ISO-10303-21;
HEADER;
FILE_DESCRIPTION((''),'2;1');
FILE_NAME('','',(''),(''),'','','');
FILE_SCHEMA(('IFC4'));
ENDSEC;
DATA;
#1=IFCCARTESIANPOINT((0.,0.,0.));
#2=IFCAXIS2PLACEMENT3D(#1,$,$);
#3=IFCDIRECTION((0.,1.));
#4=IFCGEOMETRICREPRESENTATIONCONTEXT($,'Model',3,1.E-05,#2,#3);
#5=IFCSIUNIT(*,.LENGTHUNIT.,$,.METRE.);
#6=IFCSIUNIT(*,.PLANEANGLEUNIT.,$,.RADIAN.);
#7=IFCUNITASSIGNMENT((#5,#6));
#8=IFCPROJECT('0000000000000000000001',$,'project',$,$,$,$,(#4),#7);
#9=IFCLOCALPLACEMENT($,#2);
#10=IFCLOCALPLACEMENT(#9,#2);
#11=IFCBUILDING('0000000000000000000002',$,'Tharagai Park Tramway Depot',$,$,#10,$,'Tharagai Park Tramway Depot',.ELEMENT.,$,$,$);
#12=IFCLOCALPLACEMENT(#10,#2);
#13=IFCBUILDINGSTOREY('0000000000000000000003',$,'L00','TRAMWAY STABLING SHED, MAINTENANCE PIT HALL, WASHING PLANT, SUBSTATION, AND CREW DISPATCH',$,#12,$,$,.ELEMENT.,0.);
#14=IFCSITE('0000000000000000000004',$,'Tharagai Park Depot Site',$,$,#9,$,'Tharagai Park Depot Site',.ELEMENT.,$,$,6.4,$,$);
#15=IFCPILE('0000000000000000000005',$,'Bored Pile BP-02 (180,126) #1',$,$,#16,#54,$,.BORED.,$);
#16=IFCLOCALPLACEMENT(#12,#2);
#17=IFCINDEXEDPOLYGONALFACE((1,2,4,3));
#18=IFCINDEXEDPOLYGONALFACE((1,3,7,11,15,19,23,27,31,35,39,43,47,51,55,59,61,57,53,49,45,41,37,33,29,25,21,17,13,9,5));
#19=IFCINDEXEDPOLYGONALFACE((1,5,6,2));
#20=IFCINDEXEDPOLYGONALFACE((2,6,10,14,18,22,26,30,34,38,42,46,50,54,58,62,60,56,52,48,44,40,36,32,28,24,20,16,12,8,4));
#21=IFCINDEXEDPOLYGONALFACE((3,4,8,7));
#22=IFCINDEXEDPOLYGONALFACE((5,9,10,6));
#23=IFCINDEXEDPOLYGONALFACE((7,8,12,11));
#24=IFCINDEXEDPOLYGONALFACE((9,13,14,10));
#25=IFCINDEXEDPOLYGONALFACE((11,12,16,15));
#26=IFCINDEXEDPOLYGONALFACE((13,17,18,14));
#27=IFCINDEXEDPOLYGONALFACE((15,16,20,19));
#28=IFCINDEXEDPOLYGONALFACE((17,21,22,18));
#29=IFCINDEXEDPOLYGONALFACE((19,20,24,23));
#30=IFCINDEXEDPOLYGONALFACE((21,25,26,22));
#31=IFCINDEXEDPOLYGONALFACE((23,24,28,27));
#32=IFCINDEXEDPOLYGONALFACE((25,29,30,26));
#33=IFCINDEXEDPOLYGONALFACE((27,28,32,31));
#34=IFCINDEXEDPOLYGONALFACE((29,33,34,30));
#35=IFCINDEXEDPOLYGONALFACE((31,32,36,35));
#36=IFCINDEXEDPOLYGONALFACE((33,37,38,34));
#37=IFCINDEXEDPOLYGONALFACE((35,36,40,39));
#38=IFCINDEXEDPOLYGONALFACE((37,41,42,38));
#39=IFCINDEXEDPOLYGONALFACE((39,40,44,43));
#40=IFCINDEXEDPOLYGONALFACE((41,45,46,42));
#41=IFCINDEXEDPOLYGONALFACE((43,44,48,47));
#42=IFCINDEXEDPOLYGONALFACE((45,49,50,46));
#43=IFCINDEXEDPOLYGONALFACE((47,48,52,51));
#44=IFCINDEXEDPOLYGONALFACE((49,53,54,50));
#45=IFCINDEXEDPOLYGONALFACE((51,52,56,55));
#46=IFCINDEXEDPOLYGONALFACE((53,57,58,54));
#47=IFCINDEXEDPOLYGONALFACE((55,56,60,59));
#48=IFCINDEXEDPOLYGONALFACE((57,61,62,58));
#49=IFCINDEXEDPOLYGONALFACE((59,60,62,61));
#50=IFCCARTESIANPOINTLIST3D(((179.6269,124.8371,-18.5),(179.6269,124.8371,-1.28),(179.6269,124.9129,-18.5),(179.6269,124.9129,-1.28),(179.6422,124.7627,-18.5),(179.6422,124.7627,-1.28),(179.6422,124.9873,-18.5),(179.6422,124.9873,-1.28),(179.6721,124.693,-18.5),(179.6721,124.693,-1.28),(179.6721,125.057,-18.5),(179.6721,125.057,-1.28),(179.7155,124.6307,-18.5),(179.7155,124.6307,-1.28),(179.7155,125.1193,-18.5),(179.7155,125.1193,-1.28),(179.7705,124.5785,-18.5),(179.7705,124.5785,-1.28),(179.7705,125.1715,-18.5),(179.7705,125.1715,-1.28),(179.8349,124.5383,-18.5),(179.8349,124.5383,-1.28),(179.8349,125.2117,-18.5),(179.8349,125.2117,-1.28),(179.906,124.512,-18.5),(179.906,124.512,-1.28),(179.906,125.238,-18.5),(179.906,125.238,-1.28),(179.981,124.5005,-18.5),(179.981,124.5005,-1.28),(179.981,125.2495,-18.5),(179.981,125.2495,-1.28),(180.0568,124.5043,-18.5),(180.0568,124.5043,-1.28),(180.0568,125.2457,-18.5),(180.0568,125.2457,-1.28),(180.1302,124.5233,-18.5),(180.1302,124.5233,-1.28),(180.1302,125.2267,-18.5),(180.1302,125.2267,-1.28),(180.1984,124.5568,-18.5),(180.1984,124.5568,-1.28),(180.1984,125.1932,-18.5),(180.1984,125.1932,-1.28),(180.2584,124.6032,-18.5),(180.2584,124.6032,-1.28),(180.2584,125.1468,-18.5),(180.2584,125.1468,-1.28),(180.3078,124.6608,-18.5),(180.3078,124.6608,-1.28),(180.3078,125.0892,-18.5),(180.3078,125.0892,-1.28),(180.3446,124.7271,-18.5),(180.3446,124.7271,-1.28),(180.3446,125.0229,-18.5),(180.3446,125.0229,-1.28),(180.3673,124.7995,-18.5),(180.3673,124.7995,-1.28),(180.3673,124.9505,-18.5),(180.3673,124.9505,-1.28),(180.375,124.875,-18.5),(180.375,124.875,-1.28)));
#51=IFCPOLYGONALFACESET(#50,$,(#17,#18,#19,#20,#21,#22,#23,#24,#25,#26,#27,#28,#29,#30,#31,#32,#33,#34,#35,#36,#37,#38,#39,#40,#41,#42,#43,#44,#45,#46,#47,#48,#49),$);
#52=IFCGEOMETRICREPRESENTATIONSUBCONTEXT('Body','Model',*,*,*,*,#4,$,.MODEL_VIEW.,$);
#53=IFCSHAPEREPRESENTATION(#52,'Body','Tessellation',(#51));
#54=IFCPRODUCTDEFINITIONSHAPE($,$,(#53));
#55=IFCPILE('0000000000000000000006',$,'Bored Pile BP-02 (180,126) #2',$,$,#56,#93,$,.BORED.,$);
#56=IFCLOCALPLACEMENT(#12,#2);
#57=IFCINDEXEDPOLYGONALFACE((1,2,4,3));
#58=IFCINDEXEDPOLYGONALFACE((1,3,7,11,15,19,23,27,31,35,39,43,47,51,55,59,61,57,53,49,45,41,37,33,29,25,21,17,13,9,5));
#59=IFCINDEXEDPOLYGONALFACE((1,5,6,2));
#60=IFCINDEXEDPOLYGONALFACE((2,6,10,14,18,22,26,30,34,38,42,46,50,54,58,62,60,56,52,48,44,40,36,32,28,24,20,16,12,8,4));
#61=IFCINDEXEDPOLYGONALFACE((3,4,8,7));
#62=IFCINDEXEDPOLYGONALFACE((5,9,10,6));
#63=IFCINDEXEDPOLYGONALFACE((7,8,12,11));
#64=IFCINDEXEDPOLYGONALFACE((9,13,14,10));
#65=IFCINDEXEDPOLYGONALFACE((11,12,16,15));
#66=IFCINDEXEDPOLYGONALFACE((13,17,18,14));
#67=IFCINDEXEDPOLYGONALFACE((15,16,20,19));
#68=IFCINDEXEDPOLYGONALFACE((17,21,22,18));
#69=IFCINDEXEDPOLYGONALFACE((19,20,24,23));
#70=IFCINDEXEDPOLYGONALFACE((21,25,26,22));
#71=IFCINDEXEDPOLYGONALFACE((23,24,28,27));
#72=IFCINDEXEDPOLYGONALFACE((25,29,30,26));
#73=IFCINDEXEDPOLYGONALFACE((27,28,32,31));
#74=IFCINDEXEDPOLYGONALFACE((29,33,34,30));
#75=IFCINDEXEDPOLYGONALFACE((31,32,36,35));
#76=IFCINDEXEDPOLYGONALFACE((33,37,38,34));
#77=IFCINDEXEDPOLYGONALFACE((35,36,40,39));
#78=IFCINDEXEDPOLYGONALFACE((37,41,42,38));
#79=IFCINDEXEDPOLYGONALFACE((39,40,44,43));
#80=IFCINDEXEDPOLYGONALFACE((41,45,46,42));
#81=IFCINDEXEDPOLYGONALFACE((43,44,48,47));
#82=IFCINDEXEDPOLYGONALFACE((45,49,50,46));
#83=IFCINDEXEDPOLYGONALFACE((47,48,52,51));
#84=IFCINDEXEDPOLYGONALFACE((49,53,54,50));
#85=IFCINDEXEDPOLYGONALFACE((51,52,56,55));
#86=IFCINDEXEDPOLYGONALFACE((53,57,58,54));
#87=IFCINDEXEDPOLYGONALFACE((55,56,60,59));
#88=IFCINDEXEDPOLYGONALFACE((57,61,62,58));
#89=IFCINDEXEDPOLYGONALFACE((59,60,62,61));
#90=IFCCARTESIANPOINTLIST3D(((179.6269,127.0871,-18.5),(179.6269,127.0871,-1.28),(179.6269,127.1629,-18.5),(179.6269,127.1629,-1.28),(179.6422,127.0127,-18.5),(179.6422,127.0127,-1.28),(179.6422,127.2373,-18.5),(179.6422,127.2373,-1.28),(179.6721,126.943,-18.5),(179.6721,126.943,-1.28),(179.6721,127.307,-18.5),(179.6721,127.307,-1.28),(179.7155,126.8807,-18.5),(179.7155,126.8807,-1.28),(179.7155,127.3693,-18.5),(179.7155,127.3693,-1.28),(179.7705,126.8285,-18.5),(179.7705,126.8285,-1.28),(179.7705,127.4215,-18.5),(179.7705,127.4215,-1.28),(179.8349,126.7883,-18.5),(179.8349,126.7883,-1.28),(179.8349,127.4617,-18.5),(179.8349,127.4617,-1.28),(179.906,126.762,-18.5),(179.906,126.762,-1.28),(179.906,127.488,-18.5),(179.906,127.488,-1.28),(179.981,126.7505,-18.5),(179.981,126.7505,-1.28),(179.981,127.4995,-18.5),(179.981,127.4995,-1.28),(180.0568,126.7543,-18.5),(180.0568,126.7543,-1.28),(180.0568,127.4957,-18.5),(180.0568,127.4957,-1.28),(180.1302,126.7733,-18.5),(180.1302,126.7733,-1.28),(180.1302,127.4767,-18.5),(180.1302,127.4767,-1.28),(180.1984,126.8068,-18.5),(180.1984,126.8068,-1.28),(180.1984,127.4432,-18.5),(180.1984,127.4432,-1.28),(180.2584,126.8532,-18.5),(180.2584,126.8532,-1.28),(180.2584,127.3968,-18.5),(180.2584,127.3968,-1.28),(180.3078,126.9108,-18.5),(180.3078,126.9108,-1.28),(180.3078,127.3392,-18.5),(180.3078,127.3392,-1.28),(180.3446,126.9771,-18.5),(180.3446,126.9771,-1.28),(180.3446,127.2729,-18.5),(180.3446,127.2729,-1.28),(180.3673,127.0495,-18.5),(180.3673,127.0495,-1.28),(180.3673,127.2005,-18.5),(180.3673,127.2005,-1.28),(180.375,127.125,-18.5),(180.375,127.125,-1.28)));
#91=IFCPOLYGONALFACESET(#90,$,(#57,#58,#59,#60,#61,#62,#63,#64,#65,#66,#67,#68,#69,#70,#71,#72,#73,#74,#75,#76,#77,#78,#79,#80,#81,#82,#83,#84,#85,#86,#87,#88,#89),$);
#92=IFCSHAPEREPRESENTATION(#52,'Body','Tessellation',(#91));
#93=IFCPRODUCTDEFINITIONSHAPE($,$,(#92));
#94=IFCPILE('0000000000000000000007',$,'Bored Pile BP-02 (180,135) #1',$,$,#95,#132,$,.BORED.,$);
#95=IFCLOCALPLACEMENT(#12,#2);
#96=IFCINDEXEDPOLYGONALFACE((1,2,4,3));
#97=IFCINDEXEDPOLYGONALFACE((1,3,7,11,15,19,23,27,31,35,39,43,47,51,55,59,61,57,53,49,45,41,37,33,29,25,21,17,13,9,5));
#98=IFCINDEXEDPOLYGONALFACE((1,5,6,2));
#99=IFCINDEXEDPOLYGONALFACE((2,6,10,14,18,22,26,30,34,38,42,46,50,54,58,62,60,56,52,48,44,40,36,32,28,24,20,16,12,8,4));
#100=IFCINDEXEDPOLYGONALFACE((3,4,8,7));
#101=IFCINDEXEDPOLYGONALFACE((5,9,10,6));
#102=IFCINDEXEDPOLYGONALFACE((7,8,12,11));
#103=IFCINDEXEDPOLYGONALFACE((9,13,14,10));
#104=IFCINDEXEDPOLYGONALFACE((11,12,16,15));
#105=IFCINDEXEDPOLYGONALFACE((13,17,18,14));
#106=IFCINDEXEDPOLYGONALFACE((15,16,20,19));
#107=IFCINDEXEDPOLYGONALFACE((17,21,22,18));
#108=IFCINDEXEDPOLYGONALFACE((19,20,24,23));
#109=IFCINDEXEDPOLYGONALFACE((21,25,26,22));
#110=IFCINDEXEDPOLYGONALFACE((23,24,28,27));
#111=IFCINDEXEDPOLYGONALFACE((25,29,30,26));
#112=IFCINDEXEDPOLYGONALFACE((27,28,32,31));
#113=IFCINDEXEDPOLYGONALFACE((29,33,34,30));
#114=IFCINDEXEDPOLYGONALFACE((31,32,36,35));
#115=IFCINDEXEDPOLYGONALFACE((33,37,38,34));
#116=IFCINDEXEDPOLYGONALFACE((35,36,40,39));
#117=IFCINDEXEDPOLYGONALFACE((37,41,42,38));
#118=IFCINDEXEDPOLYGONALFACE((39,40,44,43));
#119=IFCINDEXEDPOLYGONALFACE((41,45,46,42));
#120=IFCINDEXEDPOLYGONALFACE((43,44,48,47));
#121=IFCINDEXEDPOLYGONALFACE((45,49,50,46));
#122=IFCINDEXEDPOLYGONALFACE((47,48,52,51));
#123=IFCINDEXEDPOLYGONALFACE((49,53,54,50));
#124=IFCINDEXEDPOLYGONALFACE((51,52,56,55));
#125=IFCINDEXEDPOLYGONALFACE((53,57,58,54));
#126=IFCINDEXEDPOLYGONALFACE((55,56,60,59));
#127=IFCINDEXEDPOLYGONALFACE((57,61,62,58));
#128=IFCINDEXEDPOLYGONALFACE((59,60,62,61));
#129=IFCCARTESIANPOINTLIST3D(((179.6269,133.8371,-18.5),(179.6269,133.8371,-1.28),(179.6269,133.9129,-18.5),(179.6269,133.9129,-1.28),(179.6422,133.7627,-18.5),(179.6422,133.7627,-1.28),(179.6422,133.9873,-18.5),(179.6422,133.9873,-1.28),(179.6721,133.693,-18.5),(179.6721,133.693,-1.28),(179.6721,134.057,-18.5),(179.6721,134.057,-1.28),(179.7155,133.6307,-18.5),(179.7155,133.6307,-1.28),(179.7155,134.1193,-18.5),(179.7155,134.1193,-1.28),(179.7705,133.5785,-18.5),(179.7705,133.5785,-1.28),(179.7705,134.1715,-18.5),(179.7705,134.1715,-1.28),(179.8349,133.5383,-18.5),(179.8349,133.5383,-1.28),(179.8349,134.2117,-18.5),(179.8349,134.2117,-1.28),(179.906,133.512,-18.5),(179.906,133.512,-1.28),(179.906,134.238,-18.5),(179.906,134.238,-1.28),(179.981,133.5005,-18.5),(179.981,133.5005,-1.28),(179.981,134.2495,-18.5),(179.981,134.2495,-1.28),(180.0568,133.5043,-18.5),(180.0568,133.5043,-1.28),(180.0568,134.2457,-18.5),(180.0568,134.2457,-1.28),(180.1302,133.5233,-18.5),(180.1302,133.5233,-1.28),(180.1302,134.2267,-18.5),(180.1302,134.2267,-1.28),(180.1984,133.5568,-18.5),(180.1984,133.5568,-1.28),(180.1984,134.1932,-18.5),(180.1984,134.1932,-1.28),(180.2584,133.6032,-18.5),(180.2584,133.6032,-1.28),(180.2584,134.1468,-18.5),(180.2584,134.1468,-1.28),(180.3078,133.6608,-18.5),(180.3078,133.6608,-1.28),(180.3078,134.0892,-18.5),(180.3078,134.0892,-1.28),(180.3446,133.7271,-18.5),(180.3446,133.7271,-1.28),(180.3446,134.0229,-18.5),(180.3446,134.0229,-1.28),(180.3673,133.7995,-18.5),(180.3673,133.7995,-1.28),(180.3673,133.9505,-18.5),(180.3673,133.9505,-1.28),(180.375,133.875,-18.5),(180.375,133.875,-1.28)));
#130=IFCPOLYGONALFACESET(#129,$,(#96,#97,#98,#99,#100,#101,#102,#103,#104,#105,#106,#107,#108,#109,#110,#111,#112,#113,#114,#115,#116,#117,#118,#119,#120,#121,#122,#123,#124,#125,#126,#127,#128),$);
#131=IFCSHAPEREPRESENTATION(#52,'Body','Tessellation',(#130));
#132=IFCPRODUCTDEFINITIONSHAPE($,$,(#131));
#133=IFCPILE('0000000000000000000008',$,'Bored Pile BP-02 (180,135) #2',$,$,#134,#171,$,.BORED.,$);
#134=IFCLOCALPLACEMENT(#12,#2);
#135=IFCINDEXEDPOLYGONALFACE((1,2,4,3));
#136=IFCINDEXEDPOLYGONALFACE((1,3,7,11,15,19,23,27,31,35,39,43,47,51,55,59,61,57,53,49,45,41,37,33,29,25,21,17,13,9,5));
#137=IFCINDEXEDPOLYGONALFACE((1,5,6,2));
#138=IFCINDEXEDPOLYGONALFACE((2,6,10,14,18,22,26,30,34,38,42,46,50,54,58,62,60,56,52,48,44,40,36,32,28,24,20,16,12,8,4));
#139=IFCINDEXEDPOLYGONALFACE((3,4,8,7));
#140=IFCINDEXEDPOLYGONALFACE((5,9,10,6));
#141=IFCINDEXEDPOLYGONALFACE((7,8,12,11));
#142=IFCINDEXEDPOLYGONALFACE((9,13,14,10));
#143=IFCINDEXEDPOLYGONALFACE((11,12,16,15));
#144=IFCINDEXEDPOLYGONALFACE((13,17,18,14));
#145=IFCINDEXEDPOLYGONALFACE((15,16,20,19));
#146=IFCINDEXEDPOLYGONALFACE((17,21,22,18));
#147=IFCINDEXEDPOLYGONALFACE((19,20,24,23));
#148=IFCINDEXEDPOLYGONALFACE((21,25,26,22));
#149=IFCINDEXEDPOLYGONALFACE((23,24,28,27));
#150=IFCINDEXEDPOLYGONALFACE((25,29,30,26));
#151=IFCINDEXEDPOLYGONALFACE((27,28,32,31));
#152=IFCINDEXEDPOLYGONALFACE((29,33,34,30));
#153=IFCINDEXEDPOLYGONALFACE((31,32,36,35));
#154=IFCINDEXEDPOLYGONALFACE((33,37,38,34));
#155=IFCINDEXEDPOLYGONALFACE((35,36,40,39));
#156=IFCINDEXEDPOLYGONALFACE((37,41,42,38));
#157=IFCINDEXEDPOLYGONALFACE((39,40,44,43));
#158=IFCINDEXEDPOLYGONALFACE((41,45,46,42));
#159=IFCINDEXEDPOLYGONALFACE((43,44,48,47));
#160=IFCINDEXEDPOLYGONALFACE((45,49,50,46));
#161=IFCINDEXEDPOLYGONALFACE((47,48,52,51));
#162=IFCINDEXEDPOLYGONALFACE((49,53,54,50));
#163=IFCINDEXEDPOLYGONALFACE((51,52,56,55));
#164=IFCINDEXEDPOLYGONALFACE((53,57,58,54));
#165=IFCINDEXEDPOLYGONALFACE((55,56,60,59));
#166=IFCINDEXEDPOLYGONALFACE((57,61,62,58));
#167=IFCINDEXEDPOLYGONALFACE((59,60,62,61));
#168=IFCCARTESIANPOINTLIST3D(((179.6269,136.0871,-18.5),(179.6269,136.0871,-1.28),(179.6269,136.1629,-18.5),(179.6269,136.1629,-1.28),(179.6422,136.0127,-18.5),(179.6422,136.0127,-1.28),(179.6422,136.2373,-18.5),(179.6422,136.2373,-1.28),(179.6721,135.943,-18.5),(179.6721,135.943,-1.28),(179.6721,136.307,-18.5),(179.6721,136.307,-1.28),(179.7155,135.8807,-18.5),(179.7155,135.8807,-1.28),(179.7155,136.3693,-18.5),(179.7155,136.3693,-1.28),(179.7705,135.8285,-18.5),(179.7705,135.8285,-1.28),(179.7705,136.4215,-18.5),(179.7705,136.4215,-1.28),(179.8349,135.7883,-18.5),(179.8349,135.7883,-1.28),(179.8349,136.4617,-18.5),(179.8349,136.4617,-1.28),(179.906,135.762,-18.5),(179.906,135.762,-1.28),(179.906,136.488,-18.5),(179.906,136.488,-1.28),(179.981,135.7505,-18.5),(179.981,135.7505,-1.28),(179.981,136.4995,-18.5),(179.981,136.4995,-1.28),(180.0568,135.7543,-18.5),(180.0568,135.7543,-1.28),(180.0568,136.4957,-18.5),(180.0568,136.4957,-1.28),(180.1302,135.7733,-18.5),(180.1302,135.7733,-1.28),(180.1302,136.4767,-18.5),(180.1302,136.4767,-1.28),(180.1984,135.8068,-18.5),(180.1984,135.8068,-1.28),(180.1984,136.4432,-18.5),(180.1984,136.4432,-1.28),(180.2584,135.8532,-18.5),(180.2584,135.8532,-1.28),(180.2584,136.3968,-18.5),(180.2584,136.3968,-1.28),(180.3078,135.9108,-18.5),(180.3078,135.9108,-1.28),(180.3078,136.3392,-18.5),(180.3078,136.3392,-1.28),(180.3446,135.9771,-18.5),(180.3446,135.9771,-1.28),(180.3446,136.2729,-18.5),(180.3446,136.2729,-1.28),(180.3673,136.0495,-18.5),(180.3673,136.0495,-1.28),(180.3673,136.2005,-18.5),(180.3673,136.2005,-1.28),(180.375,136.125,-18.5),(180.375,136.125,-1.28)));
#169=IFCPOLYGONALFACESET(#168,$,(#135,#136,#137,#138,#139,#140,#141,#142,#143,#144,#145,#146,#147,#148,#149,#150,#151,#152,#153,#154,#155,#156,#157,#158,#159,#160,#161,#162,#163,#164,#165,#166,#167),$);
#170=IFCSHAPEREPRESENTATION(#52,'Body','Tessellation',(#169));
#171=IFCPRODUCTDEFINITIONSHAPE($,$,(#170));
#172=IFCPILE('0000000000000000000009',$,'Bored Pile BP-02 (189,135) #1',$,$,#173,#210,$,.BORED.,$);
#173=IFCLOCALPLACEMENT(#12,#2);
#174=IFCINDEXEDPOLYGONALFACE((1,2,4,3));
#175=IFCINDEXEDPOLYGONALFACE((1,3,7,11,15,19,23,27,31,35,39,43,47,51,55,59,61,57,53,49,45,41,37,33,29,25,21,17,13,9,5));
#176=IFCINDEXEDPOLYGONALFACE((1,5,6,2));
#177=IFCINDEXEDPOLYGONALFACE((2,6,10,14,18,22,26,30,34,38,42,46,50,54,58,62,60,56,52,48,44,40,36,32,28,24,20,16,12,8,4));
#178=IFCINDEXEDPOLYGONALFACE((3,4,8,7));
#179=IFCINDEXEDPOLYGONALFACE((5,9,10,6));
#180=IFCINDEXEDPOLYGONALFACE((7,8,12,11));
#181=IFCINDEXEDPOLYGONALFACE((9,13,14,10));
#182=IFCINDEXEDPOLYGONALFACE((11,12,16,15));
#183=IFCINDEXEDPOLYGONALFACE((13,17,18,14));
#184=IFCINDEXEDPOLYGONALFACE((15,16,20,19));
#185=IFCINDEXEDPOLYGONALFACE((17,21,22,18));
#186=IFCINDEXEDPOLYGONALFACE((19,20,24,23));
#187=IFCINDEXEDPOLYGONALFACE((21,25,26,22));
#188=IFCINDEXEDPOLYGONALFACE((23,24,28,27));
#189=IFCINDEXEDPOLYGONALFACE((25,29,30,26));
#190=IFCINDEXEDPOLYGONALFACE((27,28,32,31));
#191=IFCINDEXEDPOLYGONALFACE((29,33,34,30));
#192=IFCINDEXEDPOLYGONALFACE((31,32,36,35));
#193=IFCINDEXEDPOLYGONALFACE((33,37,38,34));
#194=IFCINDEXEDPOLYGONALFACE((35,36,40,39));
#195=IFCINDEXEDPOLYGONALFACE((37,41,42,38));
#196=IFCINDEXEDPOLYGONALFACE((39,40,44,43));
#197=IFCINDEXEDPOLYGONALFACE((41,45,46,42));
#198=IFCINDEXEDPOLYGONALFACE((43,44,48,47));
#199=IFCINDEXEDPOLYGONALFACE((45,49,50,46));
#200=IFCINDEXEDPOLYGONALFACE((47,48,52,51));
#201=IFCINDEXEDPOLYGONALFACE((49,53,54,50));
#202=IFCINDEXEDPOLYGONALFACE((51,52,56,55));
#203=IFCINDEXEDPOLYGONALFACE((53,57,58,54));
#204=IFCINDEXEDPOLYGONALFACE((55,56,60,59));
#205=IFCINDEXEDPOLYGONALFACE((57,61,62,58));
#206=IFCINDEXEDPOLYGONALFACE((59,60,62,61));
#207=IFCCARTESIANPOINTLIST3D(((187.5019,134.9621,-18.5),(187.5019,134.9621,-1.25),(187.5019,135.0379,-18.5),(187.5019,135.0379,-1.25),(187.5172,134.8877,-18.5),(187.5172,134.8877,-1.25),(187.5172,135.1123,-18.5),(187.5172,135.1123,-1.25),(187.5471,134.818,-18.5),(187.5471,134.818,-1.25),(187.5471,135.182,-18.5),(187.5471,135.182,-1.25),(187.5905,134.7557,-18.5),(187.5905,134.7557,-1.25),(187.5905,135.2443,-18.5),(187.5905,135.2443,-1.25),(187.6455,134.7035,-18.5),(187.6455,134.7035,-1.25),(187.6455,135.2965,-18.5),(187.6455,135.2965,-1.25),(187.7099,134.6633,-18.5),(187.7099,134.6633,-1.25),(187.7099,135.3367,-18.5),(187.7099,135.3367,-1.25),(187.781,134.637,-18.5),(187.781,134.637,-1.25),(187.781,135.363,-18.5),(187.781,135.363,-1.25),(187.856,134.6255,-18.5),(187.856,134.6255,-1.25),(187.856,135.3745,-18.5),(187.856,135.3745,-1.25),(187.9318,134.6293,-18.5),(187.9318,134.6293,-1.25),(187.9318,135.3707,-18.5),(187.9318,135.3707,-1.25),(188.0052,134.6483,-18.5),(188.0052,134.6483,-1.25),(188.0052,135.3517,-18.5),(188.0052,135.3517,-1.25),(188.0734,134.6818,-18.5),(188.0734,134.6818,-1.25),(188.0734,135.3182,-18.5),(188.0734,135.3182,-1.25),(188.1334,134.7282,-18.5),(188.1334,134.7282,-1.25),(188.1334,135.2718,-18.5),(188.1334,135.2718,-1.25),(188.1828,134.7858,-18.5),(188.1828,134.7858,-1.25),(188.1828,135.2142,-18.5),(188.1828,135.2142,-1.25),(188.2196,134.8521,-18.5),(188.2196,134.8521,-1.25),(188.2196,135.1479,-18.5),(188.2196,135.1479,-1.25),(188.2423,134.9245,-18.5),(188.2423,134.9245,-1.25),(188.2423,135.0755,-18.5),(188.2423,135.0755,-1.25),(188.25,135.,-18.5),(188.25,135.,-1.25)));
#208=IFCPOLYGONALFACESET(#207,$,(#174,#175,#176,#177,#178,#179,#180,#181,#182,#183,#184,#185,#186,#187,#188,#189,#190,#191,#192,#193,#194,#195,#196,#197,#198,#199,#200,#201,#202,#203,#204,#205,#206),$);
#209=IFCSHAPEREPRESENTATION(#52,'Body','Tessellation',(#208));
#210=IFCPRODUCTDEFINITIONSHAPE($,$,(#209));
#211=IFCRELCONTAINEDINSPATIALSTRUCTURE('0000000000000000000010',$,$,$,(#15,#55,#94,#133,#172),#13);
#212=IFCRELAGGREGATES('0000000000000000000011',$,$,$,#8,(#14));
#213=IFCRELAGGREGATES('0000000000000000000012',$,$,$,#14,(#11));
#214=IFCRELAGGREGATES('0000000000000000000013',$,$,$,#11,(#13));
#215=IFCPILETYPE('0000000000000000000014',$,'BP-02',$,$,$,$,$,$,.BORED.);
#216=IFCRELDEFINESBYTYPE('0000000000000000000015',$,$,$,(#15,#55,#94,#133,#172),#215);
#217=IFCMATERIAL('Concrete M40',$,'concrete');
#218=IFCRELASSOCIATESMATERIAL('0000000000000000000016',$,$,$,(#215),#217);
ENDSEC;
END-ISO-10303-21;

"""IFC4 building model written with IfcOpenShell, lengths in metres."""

from ifc_helpers import new_model, si_unit, direction, frame, origin, origin_2d, place, context, subcontext, project, spatial, circle, extrude, material, material_profile, profile_set, type_object, element, save


model = new_model("IFC4")

# Units and contexts
model_context = context("Model", 3, precision=1e-05, world=origin(), true_north=direction((0.0, 1.0)))
body_context = subcontext(model_context, "Body", "Model", "MODEL_VIEW")
ifc_project = project(units=[si_unit("LENGTHUNIT", "METRE"), si_unit("PLANEANGLEUNIT", "RADIAN")], contexts=[model_context])

# Site, building, storey
site_placement = place(None, origin())
site = spatial("IfcSite", under=ifc_project, at=site_placement, Name="Tharagai Park Depot Site", LongName="Tharagai Park Depot Site", CompositionType="ELEMENT", RefElevation=6.4)
building_placement = place(site_placement, origin())
building = spatial("IfcBuilding", under=site, at=building_placement, Name="Tharagai Park Tramway Depot", LongName="Tharagai Park Tramway Depot", CompositionType="ELEMENT")
storey_placement = place(building_placement, origin())
storey = spatial("IfcBuildingStorey", under=building, at=storey_placement, Name="L00", Description="TRAMWAY STABLING SHED, MAINTENANCE PIT HALL, WASHING PLANT, SUBSTATION, AND CREW DISPATCH", CompositionType="ELEMENT", Elevation=0.0)

# Piles
ifc_material_1 = material(Name="Concrete M40", Category="concrete")
ifc_material_profile_1 = material_profile(ifc_material_1, circle(Radius=0.375, at=origin_2d()), Name="PILE D750")
ifc_profile_set_1 = profile_set([ifc_material_profile_1], Name="Concrete M40")
pile_type = type_object("IfcPileType", Name="BP-02", PredefinedType="BORED", material=ifc_profile_set_1)
for number, where, z_axis, x_axis, name in (
    (1, (180.0, 124.875, -1.28), (0.0, 0.0, -1.0), (1.0, 0.0, 0.0), "Bored Pile BP-02 (180,126) #1"),
    (2, (180.0, 127.125, -1.28), (0.0, 0.0, -1.0), (1.0, 0.0, 0.0), "Bored Pile BP-02 (180,126) #2"),
    (3, (180.0, 133.875, -1.28), (0.0, 0.0, -1.0), (1.0, 0.0, 0.0), "Bored Pile BP-02 (180,135) #1"),
    (4, (180.0, 136.125, -1.28), (0.0, 0.0, -1.0), (1.0, 0.0, 0.0), "Bored Pile BP-02 (180,135) #2"),
):
    element("IfcPile", number, at=place(storey_placement, frame(where, z_axis=z_axis, x_axis=x_axis)), inside=storey, type_object=pile_type, Name=name, PredefinedType="BORED", context=body_context, shape_type="SweptSolid", body=[
        extrude(circle(Radius=0.375, at=origin_2d()), origin(), (0.0, 0.0, 1.0), 17.22),
    ])
pile_1_placement = place(storey_placement, frame((187.875, 135.0, -1.25), z_axis=(0.0, 0.0, -1.0), x_axis=(1.0, 0.0, 0.0)))
element("IfcPile", 5, at=pile_1_placement, inside=storey, type_object=pile_type, Name="Bored Pile BP-02 (189,135) #1", PredefinedType="BORED", context=body_context, shape_type="SweptSolid", body=[
    extrude(circle(Radius=0.375, at=origin_2d()), origin(), (0.0, 0.0, 1.0), 17.25),
])

save(model, "model.ifc")
